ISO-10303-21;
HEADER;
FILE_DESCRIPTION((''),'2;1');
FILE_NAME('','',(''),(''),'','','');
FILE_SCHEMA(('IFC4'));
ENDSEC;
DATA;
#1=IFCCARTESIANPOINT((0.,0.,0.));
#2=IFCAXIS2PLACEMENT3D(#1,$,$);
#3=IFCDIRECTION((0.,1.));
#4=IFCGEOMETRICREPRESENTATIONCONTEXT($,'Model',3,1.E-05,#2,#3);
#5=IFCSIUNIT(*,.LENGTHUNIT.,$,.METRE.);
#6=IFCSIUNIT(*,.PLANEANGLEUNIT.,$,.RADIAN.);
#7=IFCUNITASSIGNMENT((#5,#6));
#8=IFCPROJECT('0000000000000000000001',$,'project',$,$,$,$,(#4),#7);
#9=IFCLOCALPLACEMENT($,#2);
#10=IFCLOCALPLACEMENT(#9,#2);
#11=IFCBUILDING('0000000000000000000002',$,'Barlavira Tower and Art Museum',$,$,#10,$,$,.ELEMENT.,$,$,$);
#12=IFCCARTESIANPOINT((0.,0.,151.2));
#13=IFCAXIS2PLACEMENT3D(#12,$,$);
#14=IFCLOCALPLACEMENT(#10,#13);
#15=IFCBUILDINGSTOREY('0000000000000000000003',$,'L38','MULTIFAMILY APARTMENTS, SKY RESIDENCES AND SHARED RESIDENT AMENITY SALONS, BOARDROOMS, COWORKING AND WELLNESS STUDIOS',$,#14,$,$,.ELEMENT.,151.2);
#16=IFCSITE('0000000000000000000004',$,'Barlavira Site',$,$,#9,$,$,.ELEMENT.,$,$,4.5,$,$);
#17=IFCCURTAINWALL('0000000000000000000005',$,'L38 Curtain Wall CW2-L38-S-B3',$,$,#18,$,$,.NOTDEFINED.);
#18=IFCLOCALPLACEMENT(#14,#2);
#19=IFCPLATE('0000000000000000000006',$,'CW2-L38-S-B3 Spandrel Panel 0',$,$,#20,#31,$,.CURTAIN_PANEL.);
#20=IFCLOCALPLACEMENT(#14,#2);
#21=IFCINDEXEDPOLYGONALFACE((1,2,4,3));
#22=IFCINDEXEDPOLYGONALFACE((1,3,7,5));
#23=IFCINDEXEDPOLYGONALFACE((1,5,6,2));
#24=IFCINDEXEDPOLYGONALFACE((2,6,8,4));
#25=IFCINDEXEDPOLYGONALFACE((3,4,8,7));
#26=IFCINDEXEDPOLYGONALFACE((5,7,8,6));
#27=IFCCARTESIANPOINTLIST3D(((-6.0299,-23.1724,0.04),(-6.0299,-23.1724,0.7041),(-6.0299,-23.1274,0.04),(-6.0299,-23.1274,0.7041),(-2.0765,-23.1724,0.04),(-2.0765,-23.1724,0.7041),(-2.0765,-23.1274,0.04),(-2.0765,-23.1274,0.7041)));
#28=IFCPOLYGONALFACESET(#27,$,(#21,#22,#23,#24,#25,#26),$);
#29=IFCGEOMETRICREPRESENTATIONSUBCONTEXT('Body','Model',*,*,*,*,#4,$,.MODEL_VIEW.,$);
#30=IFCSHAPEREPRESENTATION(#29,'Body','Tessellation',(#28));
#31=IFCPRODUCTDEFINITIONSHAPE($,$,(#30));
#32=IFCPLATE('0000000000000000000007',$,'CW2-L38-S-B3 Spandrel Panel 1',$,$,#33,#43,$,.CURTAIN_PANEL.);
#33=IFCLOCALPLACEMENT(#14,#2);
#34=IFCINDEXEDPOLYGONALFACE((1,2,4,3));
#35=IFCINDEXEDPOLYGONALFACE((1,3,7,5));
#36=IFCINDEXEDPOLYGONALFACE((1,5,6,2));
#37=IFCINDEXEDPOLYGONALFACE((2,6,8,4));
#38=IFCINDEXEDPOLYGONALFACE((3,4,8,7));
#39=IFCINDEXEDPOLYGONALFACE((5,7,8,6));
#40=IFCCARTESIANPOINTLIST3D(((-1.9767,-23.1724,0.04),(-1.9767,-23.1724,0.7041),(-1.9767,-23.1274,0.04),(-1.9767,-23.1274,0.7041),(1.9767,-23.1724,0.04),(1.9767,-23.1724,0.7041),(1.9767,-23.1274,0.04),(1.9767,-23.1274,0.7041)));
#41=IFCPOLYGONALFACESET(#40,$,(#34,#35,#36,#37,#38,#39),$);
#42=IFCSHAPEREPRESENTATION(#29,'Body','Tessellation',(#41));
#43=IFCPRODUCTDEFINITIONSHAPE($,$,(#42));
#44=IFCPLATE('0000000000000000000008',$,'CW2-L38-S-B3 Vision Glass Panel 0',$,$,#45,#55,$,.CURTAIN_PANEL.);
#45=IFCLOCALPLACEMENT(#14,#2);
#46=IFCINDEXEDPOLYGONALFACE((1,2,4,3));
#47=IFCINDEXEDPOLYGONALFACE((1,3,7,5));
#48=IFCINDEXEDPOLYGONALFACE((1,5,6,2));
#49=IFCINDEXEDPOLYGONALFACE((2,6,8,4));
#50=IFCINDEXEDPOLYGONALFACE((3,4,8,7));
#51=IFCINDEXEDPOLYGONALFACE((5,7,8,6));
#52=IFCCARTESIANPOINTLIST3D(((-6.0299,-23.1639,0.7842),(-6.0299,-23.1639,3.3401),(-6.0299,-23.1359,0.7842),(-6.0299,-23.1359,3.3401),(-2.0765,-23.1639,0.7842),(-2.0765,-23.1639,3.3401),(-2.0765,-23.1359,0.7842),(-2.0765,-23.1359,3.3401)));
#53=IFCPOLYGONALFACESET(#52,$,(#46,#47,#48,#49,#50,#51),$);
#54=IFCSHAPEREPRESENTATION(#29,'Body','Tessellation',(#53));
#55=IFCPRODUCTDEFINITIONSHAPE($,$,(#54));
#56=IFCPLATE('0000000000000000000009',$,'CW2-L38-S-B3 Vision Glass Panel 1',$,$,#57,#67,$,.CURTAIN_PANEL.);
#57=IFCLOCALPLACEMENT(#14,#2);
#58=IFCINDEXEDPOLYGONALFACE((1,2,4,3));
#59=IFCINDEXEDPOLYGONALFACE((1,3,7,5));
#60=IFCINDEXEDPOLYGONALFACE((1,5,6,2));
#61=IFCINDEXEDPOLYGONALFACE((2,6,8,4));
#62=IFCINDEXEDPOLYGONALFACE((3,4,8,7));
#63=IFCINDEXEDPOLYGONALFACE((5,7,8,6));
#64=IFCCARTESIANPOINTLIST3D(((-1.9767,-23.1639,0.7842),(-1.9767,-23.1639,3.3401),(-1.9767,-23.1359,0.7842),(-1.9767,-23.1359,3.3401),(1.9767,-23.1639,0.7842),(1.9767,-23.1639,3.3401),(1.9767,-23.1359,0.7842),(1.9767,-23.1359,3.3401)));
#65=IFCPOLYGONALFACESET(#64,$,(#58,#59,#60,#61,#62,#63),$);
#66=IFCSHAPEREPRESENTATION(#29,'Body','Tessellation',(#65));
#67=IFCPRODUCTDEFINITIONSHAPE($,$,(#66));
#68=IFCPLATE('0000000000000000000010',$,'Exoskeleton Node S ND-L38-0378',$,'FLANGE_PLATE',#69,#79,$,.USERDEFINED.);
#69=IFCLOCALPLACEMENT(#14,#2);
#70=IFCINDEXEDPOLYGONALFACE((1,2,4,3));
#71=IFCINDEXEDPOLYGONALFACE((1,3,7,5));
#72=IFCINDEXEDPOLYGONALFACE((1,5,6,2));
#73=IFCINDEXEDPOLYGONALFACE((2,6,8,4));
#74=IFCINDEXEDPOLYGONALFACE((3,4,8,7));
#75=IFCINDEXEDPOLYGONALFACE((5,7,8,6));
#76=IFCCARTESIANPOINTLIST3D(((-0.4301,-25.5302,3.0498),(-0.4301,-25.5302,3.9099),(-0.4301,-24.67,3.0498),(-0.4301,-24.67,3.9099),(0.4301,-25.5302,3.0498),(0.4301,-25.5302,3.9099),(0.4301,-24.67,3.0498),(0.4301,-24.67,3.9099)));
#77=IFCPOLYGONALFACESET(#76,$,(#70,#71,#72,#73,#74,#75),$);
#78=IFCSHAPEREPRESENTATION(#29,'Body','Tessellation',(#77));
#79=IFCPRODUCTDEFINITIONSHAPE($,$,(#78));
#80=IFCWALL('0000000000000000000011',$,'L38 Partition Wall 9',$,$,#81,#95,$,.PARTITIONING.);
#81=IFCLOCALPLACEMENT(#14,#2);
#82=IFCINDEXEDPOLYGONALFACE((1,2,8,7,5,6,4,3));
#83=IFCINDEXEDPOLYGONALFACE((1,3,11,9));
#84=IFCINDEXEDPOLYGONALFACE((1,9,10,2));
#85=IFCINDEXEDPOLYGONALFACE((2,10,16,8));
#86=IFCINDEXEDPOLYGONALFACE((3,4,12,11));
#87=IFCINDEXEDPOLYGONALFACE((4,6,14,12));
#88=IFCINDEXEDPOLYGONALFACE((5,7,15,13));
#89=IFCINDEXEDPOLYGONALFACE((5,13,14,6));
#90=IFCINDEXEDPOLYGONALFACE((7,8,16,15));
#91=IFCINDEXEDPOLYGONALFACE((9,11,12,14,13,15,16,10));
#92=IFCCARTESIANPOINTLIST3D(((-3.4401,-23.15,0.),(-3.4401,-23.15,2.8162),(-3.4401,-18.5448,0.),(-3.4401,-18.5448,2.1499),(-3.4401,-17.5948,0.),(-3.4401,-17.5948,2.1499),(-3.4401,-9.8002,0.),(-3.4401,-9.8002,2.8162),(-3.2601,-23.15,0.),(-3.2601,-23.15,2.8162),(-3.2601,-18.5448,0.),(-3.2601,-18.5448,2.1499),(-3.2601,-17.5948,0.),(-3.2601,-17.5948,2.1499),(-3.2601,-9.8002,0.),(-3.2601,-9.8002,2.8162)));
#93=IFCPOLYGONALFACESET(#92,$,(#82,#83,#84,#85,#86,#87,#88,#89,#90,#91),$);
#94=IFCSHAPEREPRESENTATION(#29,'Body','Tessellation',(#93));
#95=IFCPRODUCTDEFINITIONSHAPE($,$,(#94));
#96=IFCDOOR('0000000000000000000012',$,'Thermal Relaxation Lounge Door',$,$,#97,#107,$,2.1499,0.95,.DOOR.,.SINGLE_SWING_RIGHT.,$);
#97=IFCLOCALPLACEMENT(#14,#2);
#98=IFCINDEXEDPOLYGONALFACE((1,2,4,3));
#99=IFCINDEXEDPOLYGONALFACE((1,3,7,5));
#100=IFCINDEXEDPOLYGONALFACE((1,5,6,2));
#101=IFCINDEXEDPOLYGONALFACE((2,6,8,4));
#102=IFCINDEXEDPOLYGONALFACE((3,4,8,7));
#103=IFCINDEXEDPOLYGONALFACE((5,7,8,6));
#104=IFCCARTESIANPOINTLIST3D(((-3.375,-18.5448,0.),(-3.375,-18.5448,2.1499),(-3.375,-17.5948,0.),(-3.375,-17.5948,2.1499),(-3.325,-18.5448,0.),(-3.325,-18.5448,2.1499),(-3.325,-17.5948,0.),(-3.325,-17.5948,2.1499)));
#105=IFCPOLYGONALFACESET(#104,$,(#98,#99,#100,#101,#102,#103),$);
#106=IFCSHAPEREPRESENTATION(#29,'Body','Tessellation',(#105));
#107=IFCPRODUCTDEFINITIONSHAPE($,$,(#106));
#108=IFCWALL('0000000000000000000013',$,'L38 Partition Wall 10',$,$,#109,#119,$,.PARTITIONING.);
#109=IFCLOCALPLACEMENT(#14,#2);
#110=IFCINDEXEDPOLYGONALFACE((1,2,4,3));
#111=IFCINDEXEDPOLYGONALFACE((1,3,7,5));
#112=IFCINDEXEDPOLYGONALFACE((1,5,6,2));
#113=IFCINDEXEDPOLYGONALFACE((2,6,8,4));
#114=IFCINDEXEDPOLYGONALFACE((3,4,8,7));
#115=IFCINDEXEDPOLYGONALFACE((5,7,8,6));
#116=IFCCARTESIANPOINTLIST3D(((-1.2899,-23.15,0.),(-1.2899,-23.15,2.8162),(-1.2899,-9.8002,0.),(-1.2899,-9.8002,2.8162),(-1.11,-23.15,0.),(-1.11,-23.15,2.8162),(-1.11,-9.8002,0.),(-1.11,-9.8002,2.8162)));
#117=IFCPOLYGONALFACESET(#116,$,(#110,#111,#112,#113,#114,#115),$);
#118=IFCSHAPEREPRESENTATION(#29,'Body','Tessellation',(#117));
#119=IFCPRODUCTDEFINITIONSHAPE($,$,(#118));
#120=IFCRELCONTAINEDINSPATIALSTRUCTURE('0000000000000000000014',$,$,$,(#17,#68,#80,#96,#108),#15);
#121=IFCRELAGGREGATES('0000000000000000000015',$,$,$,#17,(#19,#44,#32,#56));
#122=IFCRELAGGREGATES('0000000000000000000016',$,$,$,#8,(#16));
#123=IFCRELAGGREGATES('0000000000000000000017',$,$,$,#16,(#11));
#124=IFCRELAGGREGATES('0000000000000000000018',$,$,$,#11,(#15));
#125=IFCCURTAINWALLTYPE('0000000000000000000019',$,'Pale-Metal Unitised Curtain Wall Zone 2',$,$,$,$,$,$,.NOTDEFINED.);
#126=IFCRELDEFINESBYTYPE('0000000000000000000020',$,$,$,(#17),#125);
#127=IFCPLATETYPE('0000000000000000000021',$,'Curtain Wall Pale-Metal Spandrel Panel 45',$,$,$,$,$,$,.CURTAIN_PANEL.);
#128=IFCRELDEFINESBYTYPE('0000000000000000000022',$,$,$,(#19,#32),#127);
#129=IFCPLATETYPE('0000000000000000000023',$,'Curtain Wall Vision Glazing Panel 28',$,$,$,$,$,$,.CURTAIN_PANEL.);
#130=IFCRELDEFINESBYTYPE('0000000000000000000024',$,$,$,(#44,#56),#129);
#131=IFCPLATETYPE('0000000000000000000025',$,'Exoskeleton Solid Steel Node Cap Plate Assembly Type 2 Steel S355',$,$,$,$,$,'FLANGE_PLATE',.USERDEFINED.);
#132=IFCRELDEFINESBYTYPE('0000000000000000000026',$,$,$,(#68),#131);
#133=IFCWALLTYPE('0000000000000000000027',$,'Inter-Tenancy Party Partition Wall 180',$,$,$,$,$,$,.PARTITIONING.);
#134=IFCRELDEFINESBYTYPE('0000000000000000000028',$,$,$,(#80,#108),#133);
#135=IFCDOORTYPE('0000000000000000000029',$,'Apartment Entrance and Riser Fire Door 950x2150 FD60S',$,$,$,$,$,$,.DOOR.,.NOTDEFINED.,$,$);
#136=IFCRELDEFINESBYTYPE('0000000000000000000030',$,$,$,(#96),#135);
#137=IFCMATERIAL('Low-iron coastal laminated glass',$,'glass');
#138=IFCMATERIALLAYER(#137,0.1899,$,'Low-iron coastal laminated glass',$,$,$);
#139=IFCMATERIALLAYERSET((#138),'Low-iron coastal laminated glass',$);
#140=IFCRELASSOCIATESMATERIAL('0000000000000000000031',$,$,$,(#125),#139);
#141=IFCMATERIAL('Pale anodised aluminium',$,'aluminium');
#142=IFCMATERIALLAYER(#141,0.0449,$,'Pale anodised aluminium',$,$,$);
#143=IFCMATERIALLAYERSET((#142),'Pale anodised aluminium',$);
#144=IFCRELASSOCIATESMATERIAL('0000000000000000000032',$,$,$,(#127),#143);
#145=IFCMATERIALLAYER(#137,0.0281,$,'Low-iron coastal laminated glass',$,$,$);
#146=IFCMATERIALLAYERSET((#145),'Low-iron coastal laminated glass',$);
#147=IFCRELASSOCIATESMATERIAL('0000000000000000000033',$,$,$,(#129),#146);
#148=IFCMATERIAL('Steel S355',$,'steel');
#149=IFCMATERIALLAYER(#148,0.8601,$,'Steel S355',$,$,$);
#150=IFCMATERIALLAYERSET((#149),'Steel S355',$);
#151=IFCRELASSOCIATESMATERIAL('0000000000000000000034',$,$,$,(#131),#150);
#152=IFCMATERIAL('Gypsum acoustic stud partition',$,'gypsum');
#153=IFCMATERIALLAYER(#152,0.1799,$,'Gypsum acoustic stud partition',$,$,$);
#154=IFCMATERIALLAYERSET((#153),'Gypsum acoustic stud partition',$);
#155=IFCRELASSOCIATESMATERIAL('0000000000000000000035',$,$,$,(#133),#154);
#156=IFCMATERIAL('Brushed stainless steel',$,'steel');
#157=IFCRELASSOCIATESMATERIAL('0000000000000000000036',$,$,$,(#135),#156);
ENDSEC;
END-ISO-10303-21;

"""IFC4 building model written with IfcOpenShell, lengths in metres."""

from ifc_helpers import new_model, si_unit, direction, frame, frame_2d, origin, origin_2d, place, context, subcontext, project, spatial, rectangle, extrude, material, layer, layer_set, type_object, element, fill, aggregate, save


model = new_model("IFC4")

# Units and contexts
model_context = context("Model", 3, precision=1e-05, world=origin(), true_north=direction((0.0, 1.0)))
body_context = subcontext(model_context, "Body", "Model", "MODEL_VIEW")
ifc_project = project(units=[si_unit("LENGTHUNIT", "METRE"), si_unit("PLANEANGLEUNIT", "RADIAN")], contexts=[model_context])

# Site, building, storey
site_placement = place(None, origin())
site = spatial("IfcSite", under=ifc_project, at=site_placement, Name="Barlavira Site", CompositionType="ELEMENT", RefElevation=4.5)
building_placement = place(site_placement, origin())
building = spatial("IfcBuilding", under=site, at=building_placement, Name="Barlavira Tower and Art Museum", CompositionType="ELEMENT")
storey_placement = place(building_placement, frame((0.0, 0.0, 151.2)))
storey = spatial("IfcBuildingStorey", under=building, at=storey_placement, Name="L38", Description="MULTIFAMILY APARTMENTS, SKY RESIDENCES AND SHARED RESIDENT AMENITY SALONS, BOARDROOMS, COWORKING AND WELLNESS STUDIOS", CompositionType="ELEMENT", Elevation=151.2)

# Curtain wall
ifc_material_1 = material(Name="Low-iron coastal laminated glass", Category="glass")
ifc_layer_1 = layer(ifc_material_1, 0.1899, Name="Low-iron coastal laminated glass")
ifc_layer_set_1 = layer_set([ifc_layer_1], Name="Low-iron coastal laminated glass")
curtain_wall_type = type_object("IfcCurtainWallType", Name="Pale-Metal Unitised Curtain Wall Zone 2", PredefinedType="NOTDEFINED", material=ifc_layer_set_1)
curtain_wall_placement = place(storey_placement, origin())
curtain_wall = element("IfcCurtainWall", 1, at=curtain_wall_placement, inside=storey, type_object=curtain_wall_type, Name="L38 Curtain Wall CW2-L38-S-B3", PredefinedType="NOTDEFINED")
ifc_material_2 = material(Name="Pale anodised aluminium", Category="aluminium")

# Shared definitions
ifc_material_3 = material(Name="Steel S355", Category="steel")

# Plates
ifc_layer_2 = layer(ifc_material_2, 0.0449, Name="Pale anodised aluminium")
ifc_layer_set_2 = layer_set([ifc_layer_2], Name="Pale anodised aluminium")
plate_type_1 = type_object("IfcPlateType", Name="Curtain Wall Pale-Metal Spandrel Panel 45", PredefinedType="CURTAIN_PANEL", material=ifc_layer_set_2)
plate_1_placement = place(storey_placement, frame((-4.0532, -23.1499, 0.04), z_axis=(0.0, 0.0, 1.0), x_axis=(1.0, 0.0, 0.0)))
plate_1 = element("IfcPlate", 2, at=plate_1_placement, type_object=plate_type_1, Name="CW2-L38-S-B3 Spandrel Panel 0", PredefinedType="CURTAIN_PANEL", context=body_context, shape_type="SweptSolid", body=[
    extrude(rectangle(XDim=3.9534, YDim=0.0449, at=origin_2d()), origin(), (0.0, 0.0, 1.0), 0.6641),
])
plate_2_placement = place(storey_placement, frame((0.0, -23.1499, 0.04), z_axis=(0.0, 0.0, 1.0), x_axis=(1.0, 0.0, 0.0)))
plate_2 = element("IfcPlate", 3, at=plate_2_placement, type_object=plate_type_1, Name="CW2-L38-S-B3 Spandrel Panel 1", PredefinedType="CURTAIN_PANEL", context=body_context, shape_type="SweptSolid", body=[
    extrude(rectangle(XDim=3.9534, YDim=0.0449, at=origin_2d()), origin(), (0.0, 0.0, 1.0), 0.6641),
])
ifc_layer_3 = layer(ifc_material_1, 0.0281, Name="Low-iron coastal laminated glass")
ifc_layer_set_3 = layer_set([ifc_layer_3], Name="Low-iron coastal laminated glass")
plate_type_2 = type_object("IfcPlateType", Name="Curtain Wall Vision Glazing Panel 28", PredefinedType="CURTAIN_PANEL", material=ifc_layer_set_3)
plate_3_placement = place(storey_placement, frame((-4.0532, -23.1499, 0.7842), z_axis=(0.0, 0.0, 1.0), x_axis=(1.0, 0.0, 0.0)))
plate_3 = element("IfcPlate", 4, at=plate_3_placement, type_object=plate_type_2, Name="CW2-L38-S-B3 Vision Glass Panel 0", PredefinedType="CURTAIN_PANEL", context=body_context, shape_type="SweptSolid", body=[
    extrude(rectangle(XDim=3.9534, YDim=0.0281, at=origin_2d()), origin(), (0.0, 0.0, 1.0), 2.5559),
])
plate_4_placement = place(storey_placement, frame((0.0, -23.1499, 0.7842), z_axis=(0.0, 0.0, 1.0), x_axis=(1.0, 0.0, 0.0)))
plate_4 = element("IfcPlate", 5, at=plate_4_placement, type_object=plate_type_2, Name="CW2-L38-S-B3 Vision Glass Panel 1", PredefinedType="CURTAIN_PANEL", context=body_context, shape_type="SweptSolid", body=[
    extrude(rectangle(XDim=3.9534, YDim=0.0281, at=origin_2d()), origin(), (0.0, 0.0, 1.0), 2.5559),
])
aggregate(curtain_wall, [plate_1, plate_3, plate_2, plate_4])
ifc_layer_4 = layer(ifc_material_3, 0.8601, Name="Steel S355")
ifc_layer_set_4 = layer_set([ifc_layer_4], Name="Steel S355")
plate_type_3 = type_object("IfcPlateType", Name="Exoskeleton Solid Steel Node Cap Plate Assembly Type 2 Steel S355", ElementType="FLANGE_PLATE", PredefinedType="USERDEFINED", material=ifc_layer_set_4)
plate_5_placement = place(storey_placement, frame((0.0, -25.1001, 3.0498), z_axis=(0.0, 0.0, 1.0), x_axis=(1.0, 0.0, 0.0)))
element("IfcPlate", 6, at=plate_5_placement, inside=storey, type_object=plate_type_3, Name="Exoskeleton Node S ND-L38-0378", ObjectType="FLANGE_PLATE", PredefinedType="USERDEFINED", context=body_context, shape_type="SweptSolid", body=[
    extrude(rectangle(XDim=0.8601, YDim=0.8601, at=origin_2d()), origin(), (0.0, 0.0, 1.0), 0.8601),
])

# Wall, opening, door
ifc_material_4 = material(Name="Gypsum acoustic stud partition", Category="gypsum")
ifc_layer_5 = layer(ifc_material_4, 0.1799, Name="Gypsum acoustic stud partition")
ifc_layer_set_5 = layer_set([ifc_layer_5], Name="Gypsum acoustic stud partition")
wall_type = type_object("IfcWallType", Name="Inter-Tenancy Party Partition Wall 180", PredefinedType="PARTITIONING", material=ifc_layer_set_5)
wall_1_placement = place(storey_placement, frame((-3.3501, -23.1499, 0.0), z_axis=(0.0, 0.0, 1.0), x_axis=(0.0, 1.0, 0.0)))
wall_1 = element("IfcWall", 7, at=wall_1_placement, inside=storey, type_object=wall_type, Name="L38 Partition Wall 9", PredefinedType="PARTITIONING", context=body_context, shape_type="SweptSolid", body=[
    extrude(rectangle(XDim=13.3499, YDim=0.1799, at=frame_2d((6.6748, 0.0))), origin(), (0.0, 0.0, 1.0), 2.8162),
])
opening_1_placement = place(wall_1_placement, frame((4.605, 0.0, 0.0)))
opening_1 = element("IfcOpeningElement", 8, at=opening_1_placement, cuts=wall_1, PredefinedType="OPENING", context=body_context, shape_type="SweptSolid", body=[
    extrude(rectangle(XDim=0.95, YDim=2.1499, at=frame_2d((0.4751, 1.075))), frame((0.0, 0.1001, 0.0), z_axis=(0.0, -1.0, 0.0), x_axis=(1.0, 0.0, 0.0)), (0.0, 0.0, 1.0), 0.2),
])
ifc_material_5 = material(Name="Brushed stainless steel", Category="steel")
door_type = type_object("IfcDoorType", Name="Apartment Entrance and Riser Fire Door 950x2150 FD60S", OperationType="NOTDEFINED", PredefinedType="DOOR", material=ifc_material_5)
door_1_placement = place(opening_1_placement, origin())
door_1 = element("IfcDoor", 9, at=door_1_placement, inside=storey, type_object=door_type, Name="Thermal Relaxation Lounge Door", OperationType="SINGLE_SWING_RIGHT", OverallHeight=2.1499, OverallWidth=0.95, PredefinedType="DOOR", context=body_context, shape_type="SweptSolid", body=[
    extrude(rectangle(XDim=0.95, YDim=2.1499, at=frame_2d((0.4751, 1.075))), frame((0.0, 0.0249, 0.0), z_axis=(0.0, -1.0, 0.0), x_axis=(1.0, 0.0, 0.0)), (0.0, 0.0, 1.0), 0.05),
])
fill(opening_1, door_1)

# Wall
wall_2_placement = place(storey_placement, frame((-1.2, -23.1499, 0.0), z_axis=(0.0, 0.0, 1.0), x_axis=(0.0, 1.0, 0.0)))
element("IfcWall", 10, at=wall_2_placement, inside=storey, type_object=wall_type, Name="L38 Partition Wall 10", PredefinedType="PARTITIONING", context=body_context, shape_type="SweptSolid", body=[
    extrude(rectangle(XDim=13.3499, YDim=0.1799, at=frame_2d((6.6748, 0.0))), origin(), (0.0, 0.0, 1.0), 2.8162),
])

save(model, "model.ifc")
